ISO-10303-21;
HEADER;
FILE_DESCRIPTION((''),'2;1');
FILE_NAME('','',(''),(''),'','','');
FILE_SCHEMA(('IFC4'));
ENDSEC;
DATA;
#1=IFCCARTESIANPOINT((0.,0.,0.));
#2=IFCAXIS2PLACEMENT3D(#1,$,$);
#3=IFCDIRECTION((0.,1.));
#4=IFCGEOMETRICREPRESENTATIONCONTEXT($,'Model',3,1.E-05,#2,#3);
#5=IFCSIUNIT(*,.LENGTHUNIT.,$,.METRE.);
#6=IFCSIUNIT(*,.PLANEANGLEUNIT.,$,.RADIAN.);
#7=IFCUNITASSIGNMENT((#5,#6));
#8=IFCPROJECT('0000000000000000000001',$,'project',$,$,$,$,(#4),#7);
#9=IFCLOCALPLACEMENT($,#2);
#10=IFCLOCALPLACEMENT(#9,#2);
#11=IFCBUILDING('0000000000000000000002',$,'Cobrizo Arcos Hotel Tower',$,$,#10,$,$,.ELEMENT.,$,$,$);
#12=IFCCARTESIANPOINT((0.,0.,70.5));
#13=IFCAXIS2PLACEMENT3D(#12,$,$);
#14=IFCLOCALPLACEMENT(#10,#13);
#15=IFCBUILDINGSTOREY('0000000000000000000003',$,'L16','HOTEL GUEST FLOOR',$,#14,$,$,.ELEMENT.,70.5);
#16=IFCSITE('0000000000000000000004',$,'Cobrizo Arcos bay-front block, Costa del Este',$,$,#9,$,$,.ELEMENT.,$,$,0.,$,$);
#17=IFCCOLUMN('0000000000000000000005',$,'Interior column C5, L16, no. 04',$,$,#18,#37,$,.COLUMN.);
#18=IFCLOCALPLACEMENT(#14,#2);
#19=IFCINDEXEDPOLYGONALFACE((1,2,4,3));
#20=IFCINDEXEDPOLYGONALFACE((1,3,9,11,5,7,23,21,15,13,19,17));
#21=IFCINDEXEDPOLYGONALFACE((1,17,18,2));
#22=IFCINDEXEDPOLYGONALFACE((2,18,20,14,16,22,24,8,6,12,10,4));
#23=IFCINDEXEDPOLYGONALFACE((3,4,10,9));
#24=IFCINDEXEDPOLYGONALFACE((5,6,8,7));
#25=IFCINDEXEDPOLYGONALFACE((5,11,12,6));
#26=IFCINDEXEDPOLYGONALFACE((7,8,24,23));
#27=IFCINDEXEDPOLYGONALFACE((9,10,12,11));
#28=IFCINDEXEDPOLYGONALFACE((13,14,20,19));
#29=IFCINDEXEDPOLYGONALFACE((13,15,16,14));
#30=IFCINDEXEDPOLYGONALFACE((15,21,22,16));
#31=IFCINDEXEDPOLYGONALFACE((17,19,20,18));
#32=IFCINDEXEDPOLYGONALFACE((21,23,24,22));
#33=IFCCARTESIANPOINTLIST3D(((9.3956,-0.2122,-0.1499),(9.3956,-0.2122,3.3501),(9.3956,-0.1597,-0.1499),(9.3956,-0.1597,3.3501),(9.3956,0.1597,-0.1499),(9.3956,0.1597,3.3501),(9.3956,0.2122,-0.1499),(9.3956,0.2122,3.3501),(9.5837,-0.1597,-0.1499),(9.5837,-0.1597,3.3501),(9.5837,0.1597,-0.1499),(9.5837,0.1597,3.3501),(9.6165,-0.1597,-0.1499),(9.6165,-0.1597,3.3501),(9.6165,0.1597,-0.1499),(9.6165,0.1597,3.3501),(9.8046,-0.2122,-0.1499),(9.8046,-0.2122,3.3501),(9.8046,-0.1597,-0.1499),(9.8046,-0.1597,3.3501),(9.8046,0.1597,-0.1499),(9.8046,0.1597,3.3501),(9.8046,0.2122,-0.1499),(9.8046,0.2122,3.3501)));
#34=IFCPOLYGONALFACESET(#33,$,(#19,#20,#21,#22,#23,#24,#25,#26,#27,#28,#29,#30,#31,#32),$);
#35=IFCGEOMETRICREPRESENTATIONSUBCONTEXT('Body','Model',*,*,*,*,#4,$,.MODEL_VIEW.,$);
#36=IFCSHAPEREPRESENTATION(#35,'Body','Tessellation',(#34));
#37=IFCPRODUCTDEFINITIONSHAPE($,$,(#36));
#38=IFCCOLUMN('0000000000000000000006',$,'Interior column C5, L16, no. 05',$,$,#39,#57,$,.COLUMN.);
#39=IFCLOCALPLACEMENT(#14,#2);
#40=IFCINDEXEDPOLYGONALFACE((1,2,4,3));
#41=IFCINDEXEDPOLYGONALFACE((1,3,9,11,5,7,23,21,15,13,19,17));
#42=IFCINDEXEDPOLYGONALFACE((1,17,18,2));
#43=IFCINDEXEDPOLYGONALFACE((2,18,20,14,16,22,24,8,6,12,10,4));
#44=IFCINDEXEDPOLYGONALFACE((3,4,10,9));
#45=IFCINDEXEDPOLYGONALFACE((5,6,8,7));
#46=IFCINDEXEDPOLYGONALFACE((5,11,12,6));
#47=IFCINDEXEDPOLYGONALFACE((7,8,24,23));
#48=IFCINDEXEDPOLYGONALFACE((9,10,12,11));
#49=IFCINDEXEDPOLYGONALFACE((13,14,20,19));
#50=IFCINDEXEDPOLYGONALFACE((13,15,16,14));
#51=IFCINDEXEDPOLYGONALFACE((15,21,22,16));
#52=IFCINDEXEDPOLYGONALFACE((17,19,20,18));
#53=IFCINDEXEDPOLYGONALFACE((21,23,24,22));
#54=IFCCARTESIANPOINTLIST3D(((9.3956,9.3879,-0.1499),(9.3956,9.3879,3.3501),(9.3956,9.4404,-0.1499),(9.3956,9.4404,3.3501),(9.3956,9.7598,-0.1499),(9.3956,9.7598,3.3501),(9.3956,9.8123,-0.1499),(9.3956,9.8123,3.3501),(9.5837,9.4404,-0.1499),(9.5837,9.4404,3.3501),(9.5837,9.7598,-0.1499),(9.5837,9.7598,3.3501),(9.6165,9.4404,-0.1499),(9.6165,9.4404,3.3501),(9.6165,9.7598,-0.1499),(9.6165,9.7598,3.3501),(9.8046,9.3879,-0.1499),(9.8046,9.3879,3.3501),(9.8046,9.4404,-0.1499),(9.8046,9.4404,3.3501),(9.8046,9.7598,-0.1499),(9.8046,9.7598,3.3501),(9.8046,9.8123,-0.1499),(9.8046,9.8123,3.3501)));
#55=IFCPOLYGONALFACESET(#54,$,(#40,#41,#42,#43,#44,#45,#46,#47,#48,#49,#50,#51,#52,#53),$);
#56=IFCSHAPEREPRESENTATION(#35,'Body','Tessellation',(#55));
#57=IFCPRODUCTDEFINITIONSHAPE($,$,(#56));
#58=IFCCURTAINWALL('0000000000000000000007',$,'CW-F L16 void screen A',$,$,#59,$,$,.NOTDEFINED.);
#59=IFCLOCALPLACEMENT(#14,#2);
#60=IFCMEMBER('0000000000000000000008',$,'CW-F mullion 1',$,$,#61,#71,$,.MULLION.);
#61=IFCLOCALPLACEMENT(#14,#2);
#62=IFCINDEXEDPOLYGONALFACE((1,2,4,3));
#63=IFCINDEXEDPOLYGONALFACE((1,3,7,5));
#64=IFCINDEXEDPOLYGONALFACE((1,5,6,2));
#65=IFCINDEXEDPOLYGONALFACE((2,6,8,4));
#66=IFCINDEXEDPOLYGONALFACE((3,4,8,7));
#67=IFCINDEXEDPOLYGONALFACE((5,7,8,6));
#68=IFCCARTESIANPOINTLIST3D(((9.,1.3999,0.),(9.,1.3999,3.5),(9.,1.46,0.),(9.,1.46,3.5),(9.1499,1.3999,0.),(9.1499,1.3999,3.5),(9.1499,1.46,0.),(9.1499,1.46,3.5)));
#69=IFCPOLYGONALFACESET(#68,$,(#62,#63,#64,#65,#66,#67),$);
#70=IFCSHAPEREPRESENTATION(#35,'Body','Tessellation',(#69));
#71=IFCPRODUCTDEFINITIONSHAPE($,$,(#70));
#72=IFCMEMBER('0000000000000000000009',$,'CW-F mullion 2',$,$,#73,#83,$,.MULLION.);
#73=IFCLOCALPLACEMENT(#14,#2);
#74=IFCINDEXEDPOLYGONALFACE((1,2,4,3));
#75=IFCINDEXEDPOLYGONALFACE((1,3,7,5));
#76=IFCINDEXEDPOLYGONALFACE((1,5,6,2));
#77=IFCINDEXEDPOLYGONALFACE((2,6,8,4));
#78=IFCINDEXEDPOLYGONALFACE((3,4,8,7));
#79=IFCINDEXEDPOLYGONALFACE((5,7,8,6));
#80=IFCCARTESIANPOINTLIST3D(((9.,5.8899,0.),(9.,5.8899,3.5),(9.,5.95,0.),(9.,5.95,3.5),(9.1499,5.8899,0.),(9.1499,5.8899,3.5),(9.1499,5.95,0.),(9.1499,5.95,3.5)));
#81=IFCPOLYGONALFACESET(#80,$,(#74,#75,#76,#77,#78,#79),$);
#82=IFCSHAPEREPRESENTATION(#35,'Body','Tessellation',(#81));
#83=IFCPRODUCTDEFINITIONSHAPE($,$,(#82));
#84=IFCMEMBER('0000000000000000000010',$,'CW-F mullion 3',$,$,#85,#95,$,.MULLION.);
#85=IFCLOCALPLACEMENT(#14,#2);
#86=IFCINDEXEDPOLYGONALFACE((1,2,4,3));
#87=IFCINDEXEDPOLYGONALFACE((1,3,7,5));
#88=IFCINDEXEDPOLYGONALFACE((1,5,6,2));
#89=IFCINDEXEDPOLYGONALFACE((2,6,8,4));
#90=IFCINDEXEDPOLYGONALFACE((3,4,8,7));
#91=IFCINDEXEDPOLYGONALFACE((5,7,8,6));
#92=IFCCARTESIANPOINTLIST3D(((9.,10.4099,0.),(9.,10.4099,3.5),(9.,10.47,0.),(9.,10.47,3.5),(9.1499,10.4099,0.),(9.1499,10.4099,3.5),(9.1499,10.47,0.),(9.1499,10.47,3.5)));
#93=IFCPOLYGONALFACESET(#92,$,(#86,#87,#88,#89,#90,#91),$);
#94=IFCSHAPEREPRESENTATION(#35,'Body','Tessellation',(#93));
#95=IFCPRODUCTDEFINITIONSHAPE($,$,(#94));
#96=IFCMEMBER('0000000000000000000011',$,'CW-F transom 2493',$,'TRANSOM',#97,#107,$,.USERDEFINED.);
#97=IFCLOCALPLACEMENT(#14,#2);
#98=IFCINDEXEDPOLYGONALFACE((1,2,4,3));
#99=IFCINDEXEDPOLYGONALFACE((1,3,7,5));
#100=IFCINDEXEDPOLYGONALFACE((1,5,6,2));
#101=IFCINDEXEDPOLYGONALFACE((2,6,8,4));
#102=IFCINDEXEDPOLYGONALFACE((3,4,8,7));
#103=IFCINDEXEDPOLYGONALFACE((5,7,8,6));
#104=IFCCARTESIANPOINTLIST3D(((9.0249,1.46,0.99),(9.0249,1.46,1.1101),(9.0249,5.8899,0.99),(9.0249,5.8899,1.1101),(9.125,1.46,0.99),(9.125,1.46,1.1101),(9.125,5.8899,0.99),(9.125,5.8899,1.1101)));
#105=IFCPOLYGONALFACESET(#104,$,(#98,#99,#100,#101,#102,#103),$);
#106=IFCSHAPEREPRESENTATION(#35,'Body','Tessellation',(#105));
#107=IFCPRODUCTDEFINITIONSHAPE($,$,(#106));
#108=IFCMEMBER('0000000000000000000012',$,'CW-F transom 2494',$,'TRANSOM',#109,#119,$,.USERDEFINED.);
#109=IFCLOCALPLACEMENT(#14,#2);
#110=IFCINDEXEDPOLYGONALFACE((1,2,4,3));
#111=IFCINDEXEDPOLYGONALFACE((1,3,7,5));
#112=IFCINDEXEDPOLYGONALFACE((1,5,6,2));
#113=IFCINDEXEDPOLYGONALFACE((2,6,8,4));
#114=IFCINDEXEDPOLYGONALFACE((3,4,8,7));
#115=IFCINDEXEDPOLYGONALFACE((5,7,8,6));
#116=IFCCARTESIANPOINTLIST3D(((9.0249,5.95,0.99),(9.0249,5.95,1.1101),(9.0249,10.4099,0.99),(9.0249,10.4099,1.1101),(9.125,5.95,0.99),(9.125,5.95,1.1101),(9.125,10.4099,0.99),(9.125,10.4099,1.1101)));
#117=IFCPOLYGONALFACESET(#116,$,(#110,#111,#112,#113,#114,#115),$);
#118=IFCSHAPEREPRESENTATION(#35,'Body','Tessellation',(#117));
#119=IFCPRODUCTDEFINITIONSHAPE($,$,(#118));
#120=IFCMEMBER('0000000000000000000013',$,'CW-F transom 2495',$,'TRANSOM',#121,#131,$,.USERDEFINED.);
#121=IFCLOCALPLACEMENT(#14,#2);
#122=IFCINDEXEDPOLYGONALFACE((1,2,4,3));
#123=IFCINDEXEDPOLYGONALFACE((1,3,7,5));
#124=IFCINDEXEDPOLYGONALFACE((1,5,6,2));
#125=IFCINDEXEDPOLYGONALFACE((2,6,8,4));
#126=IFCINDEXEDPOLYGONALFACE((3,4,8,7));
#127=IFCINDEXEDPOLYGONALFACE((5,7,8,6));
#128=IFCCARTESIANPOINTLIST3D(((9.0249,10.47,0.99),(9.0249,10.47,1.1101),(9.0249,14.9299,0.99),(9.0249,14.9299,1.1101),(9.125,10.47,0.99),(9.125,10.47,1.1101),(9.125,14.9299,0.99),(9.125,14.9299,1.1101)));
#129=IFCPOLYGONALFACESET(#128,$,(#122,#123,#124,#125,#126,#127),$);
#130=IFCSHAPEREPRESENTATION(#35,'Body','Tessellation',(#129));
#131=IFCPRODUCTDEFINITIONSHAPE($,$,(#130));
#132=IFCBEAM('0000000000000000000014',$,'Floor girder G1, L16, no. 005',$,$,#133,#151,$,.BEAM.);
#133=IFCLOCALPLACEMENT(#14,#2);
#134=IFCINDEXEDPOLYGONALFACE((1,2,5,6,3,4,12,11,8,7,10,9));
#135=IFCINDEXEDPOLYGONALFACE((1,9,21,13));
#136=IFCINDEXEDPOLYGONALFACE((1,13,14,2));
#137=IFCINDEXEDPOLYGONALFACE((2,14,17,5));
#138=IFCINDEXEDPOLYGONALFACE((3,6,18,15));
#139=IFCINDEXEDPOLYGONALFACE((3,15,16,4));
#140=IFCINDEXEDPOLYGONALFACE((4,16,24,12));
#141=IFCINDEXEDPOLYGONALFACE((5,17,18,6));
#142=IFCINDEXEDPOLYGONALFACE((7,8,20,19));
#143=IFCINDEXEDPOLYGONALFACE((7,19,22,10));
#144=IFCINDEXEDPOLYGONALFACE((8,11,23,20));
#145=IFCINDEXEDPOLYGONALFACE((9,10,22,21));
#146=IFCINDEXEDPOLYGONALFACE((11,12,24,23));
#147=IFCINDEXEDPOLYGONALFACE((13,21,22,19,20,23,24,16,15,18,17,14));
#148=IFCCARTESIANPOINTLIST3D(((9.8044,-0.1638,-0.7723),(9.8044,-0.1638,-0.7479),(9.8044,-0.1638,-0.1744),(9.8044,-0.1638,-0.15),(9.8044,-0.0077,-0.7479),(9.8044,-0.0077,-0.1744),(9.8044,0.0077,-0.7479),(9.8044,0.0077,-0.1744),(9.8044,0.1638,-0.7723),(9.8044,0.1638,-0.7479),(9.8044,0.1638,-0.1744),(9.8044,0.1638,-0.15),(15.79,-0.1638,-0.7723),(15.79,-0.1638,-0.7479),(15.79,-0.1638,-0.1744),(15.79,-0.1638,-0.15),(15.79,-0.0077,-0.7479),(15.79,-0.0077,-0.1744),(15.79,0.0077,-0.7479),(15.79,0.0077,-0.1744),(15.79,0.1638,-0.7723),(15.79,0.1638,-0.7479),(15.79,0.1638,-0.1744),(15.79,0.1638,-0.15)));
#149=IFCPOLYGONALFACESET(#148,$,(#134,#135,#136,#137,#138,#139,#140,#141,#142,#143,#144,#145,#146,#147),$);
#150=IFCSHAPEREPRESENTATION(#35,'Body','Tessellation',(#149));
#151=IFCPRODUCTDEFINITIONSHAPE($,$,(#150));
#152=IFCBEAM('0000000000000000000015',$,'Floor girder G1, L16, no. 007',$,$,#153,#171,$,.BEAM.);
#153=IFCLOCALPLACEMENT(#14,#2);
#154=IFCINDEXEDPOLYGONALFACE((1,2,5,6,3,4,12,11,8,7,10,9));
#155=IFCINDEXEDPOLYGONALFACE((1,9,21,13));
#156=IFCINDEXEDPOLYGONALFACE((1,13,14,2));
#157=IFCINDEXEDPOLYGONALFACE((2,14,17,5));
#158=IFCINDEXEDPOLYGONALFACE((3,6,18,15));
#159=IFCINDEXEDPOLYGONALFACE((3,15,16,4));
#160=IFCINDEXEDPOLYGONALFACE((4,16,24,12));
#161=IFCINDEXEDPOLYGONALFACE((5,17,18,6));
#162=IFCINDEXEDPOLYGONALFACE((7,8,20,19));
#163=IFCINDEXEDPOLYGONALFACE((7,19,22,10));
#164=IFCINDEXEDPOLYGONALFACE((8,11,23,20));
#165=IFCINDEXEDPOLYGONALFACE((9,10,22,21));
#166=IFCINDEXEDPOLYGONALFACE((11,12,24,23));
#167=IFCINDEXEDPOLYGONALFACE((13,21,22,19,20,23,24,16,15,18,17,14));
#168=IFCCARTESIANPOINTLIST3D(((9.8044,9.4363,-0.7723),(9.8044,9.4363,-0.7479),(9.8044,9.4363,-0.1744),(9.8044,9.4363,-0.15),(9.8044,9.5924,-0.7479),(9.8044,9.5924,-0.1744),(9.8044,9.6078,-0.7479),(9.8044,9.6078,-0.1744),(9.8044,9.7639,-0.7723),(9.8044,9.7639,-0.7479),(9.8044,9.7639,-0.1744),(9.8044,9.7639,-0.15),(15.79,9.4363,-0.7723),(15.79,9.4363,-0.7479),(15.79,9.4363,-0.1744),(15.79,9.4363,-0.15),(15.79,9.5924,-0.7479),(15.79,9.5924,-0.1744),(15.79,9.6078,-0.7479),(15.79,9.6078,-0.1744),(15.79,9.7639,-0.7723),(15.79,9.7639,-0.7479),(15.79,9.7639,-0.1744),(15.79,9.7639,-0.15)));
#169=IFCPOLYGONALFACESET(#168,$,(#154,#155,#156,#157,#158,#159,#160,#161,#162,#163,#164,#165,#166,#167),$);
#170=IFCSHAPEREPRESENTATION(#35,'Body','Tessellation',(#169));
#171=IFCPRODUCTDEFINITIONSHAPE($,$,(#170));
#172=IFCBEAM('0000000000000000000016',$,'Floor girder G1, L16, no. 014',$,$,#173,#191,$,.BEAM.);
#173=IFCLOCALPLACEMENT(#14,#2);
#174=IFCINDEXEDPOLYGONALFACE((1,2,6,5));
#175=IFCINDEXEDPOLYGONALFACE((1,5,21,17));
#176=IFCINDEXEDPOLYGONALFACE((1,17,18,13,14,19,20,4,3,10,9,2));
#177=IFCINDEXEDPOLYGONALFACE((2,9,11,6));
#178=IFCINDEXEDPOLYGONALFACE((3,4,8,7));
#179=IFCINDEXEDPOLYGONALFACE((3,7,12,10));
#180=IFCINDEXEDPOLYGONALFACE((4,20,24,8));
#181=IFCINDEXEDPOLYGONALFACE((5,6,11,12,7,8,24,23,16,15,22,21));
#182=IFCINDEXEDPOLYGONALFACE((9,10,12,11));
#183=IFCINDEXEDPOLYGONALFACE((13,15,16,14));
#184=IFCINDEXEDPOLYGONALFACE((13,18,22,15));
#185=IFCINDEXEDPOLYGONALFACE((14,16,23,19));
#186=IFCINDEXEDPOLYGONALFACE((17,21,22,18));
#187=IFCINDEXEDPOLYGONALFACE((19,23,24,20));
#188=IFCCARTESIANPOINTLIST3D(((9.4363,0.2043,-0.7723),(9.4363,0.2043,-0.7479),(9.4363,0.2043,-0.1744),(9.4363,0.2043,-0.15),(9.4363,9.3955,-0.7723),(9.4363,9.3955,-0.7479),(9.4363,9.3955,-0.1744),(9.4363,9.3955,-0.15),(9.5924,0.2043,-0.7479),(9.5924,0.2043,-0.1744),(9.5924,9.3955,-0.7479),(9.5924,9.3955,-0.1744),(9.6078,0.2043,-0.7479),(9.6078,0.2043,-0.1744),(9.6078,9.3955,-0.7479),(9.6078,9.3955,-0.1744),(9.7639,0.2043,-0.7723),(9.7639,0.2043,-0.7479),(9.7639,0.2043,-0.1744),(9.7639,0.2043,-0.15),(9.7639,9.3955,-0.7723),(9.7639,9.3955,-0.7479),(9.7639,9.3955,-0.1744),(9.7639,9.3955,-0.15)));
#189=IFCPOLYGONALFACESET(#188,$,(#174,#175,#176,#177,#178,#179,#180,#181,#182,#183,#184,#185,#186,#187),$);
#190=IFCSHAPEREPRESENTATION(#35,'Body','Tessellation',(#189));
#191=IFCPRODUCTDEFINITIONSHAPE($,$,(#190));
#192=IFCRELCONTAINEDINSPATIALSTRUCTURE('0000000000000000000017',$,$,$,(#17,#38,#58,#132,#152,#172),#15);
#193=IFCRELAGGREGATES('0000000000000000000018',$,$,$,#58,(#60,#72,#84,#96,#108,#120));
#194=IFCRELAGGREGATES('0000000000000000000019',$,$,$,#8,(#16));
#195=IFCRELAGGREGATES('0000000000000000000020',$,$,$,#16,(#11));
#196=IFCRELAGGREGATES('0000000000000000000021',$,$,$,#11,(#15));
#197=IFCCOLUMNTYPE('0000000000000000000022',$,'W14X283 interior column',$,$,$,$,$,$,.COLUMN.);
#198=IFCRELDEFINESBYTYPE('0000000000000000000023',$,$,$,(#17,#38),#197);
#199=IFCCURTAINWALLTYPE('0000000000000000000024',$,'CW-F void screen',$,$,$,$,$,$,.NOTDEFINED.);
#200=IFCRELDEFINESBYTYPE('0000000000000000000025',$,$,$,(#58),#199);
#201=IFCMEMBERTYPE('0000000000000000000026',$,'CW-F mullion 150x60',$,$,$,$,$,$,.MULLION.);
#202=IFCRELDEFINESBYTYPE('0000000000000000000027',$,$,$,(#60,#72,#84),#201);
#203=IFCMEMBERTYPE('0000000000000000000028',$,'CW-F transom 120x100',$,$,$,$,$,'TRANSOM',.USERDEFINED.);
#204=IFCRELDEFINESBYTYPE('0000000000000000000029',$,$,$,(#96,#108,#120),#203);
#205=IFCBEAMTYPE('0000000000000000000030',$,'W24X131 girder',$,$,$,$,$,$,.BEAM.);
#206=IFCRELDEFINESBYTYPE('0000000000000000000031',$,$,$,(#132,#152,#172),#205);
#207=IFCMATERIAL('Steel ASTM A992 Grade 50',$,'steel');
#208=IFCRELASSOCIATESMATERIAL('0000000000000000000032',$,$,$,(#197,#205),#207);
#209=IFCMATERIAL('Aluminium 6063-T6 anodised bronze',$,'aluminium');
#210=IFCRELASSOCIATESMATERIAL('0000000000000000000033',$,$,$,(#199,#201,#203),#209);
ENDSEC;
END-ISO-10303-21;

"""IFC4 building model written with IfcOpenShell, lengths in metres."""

from ifc_helpers import new_model, si_unit, direction, frame, origin, origin_2d, place, context, subcontext, project, spatial, rectangle, i_section, extrude, material, material_profile, profile_set, type_object, element, aggregate, save


model = new_model("IFC4")

# Units and contexts
model_context = context("Model", 3, precision=1e-05, world=origin(), true_north=direction((0.0, 1.0)))
body_context = subcontext(model_context, "Body", "Model", "MODEL_VIEW")
ifc_project = project(units=[si_unit("LENGTHUNIT", "METRE"), si_unit("PLANEANGLEUNIT", "RADIAN")], contexts=[model_context])

# Site, building, storey
site_placement = place(None, origin())
site = spatial("IfcSite", under=ifc_project, at=site_placement, Name="Cobrizo Arcos bay-front block, Costa del Este", CompositionType="ELEMENT", RefElevation=0.0)
building_placement = place(site_placement, origin())
building = spatial("IfcBuilding", under=site, at=building_placement, Name="Cobrizo Arcos Hotel Tower", CompositionType="ELEMENT")
storey_placement = place(building_placement, frame((0.0, 0.0, 70.5)))
storey = spatial("IfcBuildingStorey", under=building, at=storey_placement, Name="L16", Description="HOTEL GUEST FLOOR", CompositionType="ELEMENT", Elevation=70.5)

# Columns
ifc_material_1 = material(Name="Steel ASTM A992 Grade 50", Category="steel")
ifc_material_profile_1 = material_profile(ifc_material_1, i_section(OverallWidth=0.4089, OverallDepth=0.4243, WebThickness=0.0327, FlangeThickness=0.0525, at=origin_2d()), Name="W14X283")
ifc_profile_set_1 = profile_set([ifc_material_profile_1], Name="Steel ASTM A992 Grade 50")
column_type = type_object("IfcColumnType", Name="W14X283 interior column", PredefinedType="COLUMN", material=ifc_profile_set_1)
for number, where, z_axis, x_axis, name in (
    (1, (9.6001, 0.0, -0.1499), (0.0, 0.0, 1.0), (1.0, 0.0, 0.0), "Interior column C5, L16, no. 04"),
    (2, (9.6001, 9.6001, -0.1499), (0.0, 0.0, 1.0), (1.0, 0.0, 0.0), "Interior column C5, L16, no. 05"),
):
    element("IfcColumn", number, at=place(storey_placement, frame(where, z_axis=z_axis, x_axis=x_axis)), inside=storey, type_object=column_type, Name=name, PredefinedType="COLUMN", context=body_context, shape_type="SweptSolid", body=[
        extrude(i_section(OverallWidth=0.4089, OverallDepth=0.4243, WebThickness=0.0327, FlangeThickness=0.0525, at=origin_2d()), origin(), (0.0, 0.0, 1.0), 3.5),
    ])

# Curtain wall, members
ifc_material_2 = material(Name="Aluminium 6063-T6 anodised bronze", Category="aluminium")
curtain_wall_type = type_object("IfcCurtainWallType", Name="CW-F void screen", PredefinedType="NOTDEFINED", material=ifc_material_2)
curtain_wall_placement = place(storey_placement, origin())
curtain_wall = element("IfcCurtainWall", 3, at=curtain_wall_placement, inside=storey, type_object=curtain_wall_type, Name="CW-F L16 void screen A", PredefinedType="NOTDEFINED")
ifc_material_profile_2 = material_profile(ifc_material_2, rectangle(XDim=0.1499, YDim=0.0601, at=origin_2d()), Name="CW-F mullion 150x60")
ifc_profile_set_2 = profile_set([ifc_material_profile_2], Name="Aluminium 6063-T6 anodised bronze")
member_type_1 = type_object("IfcMemberType", Name="CW-F mullion 150x60", PredefinedType="MULLION", material=ifc_profile_set_2)
member_1_placement = place(storey_placement, frame((9.075, 1.4299, 0.0), z_axis=(0.0, 0.0, 1.0), x_axis=(1.0, 0.0, 0.0)))
member_1 = element("IfcMember", 4, at=member_1_placement, type_object=member_type_1, Name="CW-F mullion 1", PredefinedType="MULLION", context=body_context, shape_type="SweptSolid", body=[
    extrude(rectangle(XDim=0.1499, YDim=0.0601, at=origin_2d()), origin(), (0.0, 0.0, 1.0), 3.5),
])
member_2_placement = place(storey_placement, frame((9.075, 5.9199, 0.0), z_axis=(0.0, 0.0, 1.0), x_axis=(1.0, 0.0, 0.0)))
member_2 = element("IfcMember", 5, at=member_2_placement, type_object=member_type_1, Name="CW-F mullion 2", PredefinedType="MULLION", context=body_context, shape_type="SweptSolid", body=[
    extrude(rectangle(XDim=0.1499, YDim=0.0601, at=origin_2d()), origin(), (0.0, 0.0, 1.0), 3.5),
])
member_3_placement = place(storey_placement, frame((9.075, 10.4399, 0.0), z_axis=(0.0, 0.0, 1.0), x_axis=(1.0, 0.0, 0.0)))
member_3 = element("IfcMember", 6, at=member_3_placement, type_object=member_type_1, Name="CW-F mullion 3", PredefinedType="MULLION", context=body_context, shape_type="SweptSolid", body=[
    extrude(rectangle(XDim=0.1499, YDim=0.0601, at=origin_2d()), origin(), (0.0, 0.0, 1.0), 3.5),
])
ifc_material_profile_3 = material_profile(ifc_material_2, rectangle(XDim=0.1001, YDim=0.1201, at=origin_2d()), Name="CW-F transom 120x100")
ifc_profile_set_3 = profile_set([ifc_material_profile_3], Name="Aluminium 6063-T6 anodised bronze")
member_type_2 = type_object("IfcMemberType", Name="CW-F transom 120x100", ElementType="TRANSOM", PredefinedType="USERDEFINED", material=ifc_profile_set_3)
member_4_placement = place(storey_placement, frame((9.075, 1.46, 1.05), z_axis=(0.0, 1.0, 0.0), x_axis=(-1.0, 0.0, 0.0)))
member_4 = element("IfcMember", 7, at=member_4_placement, type_object=member_type_2, Name="CW-F transom 2493", ObjectType="TRANSOM", PredefinedType="USERDEFINED", context=body_context, shape_type="SweptSolid", body=[
    extrude(rectangle(XDim=0.1001, YDim=0.1201, at=origin_2d()), origin(), (0.0, 0.0, 1.0), 4.4299),
])
member_5_placement = place(storey_placement, frame((9.075, 5.95, 1.05), z_axis=(0.0, 1.0, 0.0), x_axis=(-1.0, 0.0, 0.0)))
member_5 = element("IfcMember", 8, at=member_5_placement, type_object=member_type_2, Name="CW-F transom 2494", ObjectType="TRANSOM", PredefinedType="USERDEFINED", context=body_context, shape_type="SweptSolid", body=[
    extrude(rectangle(XDim=0.1001, YDim=0.1201, at=origin_2d()), origin(), (0.0, 0.0, 1.0), 4.46),
])
member_6_placement = place(storey_placement, frame((9.075, 10.47, 1.05), z_axis=(0.0, 1.0, 0.0), x_axis=(-1.0, 0.0, 0.0)))
member_6 = element("IfcMember", 9, at=member_6_placement, type_object=member_type_2, Name="CW-F transom 2495", ObjectType="TRANSOM", PredefinedType="USERDEFINED", context=body_context, shape_type="SweptSolid", body=[
    extrude(rectangle(XDim=0.1001, YDim=0.1201, at=origin_2d()), origin(), (0.0, 0.0, 1.0), 4.46),
])

# Beams
ifc_material_profile_4 = material_profile(ifc_material_1, i_section(OverallWidth=0.3276, OverallDepth=0.6223, WebThickness=0.0154, FlangeThickness=0.0244, at=origin_2d()), Name="W24X131")
ifc_profile_set_4 = profile_set([ifc_material_profile_4], Name="Steel ASTM A992 Grade 50")
beam_type_1 = type_object("IfcBeamType", Name="W24X131 girder", PredefinedType="BEAM", material=ifc_profile_set_4)
for number, where, z_axis, x_axis, name in (
    (10, (9.8044, 0.0, -0.4612), (1.0, 0.0, 0.0), (0.0, 1.0, 0.0), "Floor girder G1, L16, no. 005"),
    (11, (9.8044, 9.6001, -0.4612), (1.0, 0.0, 0.0), (0.0, 1.0, 0.0), "Floor girder G1, L16, no. 007"),
):
    element("IfcBeam", number, at=place(storey_placement, frame(where, z_axis=z_axis, x_axis=x_axis)), inside=storey, type_object=beam_type_1, Name=name, PredefinedType="BEAM", context=body_context, shape_type="SweptSolid", body=[
        extrude(i_section(OverallWidth=0.3276, OverallDepth=0.6223, WebThickness=0.0154, FlangeThickness=0.0244, at=origin_2d()), origin(), (0.0, 0.0, 1.0), 5.9856),
    ])
beam_1_placement = place(storey_placement, frame((9.6001, 0.2043, -0.4612), z_axis=(0.0, 1.0, 0.0), x_axis=(-1.0, 0.0, 0.0)))
element("IfcBeam", 12, at=beam_1_placement, inside=storey, type_object=beam_type_1, Name="Floor girder G1, L16, no. 014", PredefinedType="BEAM", context=body_context, shape_type="SweptSolid", body=[
    extrude(i_section(OverallWidth=0.3276, OverallDepth=0.6223, WebThickness=0.0154, FlangeThickness=0.0244, at=origin_2d()), origin(), (0.0, 0.0, 1.0), 9.1912),
])

aggregate(curtain_wall, [member_1, member_2, member_3, member_4, member_5, member_6])

save(model, "model.ifc")
